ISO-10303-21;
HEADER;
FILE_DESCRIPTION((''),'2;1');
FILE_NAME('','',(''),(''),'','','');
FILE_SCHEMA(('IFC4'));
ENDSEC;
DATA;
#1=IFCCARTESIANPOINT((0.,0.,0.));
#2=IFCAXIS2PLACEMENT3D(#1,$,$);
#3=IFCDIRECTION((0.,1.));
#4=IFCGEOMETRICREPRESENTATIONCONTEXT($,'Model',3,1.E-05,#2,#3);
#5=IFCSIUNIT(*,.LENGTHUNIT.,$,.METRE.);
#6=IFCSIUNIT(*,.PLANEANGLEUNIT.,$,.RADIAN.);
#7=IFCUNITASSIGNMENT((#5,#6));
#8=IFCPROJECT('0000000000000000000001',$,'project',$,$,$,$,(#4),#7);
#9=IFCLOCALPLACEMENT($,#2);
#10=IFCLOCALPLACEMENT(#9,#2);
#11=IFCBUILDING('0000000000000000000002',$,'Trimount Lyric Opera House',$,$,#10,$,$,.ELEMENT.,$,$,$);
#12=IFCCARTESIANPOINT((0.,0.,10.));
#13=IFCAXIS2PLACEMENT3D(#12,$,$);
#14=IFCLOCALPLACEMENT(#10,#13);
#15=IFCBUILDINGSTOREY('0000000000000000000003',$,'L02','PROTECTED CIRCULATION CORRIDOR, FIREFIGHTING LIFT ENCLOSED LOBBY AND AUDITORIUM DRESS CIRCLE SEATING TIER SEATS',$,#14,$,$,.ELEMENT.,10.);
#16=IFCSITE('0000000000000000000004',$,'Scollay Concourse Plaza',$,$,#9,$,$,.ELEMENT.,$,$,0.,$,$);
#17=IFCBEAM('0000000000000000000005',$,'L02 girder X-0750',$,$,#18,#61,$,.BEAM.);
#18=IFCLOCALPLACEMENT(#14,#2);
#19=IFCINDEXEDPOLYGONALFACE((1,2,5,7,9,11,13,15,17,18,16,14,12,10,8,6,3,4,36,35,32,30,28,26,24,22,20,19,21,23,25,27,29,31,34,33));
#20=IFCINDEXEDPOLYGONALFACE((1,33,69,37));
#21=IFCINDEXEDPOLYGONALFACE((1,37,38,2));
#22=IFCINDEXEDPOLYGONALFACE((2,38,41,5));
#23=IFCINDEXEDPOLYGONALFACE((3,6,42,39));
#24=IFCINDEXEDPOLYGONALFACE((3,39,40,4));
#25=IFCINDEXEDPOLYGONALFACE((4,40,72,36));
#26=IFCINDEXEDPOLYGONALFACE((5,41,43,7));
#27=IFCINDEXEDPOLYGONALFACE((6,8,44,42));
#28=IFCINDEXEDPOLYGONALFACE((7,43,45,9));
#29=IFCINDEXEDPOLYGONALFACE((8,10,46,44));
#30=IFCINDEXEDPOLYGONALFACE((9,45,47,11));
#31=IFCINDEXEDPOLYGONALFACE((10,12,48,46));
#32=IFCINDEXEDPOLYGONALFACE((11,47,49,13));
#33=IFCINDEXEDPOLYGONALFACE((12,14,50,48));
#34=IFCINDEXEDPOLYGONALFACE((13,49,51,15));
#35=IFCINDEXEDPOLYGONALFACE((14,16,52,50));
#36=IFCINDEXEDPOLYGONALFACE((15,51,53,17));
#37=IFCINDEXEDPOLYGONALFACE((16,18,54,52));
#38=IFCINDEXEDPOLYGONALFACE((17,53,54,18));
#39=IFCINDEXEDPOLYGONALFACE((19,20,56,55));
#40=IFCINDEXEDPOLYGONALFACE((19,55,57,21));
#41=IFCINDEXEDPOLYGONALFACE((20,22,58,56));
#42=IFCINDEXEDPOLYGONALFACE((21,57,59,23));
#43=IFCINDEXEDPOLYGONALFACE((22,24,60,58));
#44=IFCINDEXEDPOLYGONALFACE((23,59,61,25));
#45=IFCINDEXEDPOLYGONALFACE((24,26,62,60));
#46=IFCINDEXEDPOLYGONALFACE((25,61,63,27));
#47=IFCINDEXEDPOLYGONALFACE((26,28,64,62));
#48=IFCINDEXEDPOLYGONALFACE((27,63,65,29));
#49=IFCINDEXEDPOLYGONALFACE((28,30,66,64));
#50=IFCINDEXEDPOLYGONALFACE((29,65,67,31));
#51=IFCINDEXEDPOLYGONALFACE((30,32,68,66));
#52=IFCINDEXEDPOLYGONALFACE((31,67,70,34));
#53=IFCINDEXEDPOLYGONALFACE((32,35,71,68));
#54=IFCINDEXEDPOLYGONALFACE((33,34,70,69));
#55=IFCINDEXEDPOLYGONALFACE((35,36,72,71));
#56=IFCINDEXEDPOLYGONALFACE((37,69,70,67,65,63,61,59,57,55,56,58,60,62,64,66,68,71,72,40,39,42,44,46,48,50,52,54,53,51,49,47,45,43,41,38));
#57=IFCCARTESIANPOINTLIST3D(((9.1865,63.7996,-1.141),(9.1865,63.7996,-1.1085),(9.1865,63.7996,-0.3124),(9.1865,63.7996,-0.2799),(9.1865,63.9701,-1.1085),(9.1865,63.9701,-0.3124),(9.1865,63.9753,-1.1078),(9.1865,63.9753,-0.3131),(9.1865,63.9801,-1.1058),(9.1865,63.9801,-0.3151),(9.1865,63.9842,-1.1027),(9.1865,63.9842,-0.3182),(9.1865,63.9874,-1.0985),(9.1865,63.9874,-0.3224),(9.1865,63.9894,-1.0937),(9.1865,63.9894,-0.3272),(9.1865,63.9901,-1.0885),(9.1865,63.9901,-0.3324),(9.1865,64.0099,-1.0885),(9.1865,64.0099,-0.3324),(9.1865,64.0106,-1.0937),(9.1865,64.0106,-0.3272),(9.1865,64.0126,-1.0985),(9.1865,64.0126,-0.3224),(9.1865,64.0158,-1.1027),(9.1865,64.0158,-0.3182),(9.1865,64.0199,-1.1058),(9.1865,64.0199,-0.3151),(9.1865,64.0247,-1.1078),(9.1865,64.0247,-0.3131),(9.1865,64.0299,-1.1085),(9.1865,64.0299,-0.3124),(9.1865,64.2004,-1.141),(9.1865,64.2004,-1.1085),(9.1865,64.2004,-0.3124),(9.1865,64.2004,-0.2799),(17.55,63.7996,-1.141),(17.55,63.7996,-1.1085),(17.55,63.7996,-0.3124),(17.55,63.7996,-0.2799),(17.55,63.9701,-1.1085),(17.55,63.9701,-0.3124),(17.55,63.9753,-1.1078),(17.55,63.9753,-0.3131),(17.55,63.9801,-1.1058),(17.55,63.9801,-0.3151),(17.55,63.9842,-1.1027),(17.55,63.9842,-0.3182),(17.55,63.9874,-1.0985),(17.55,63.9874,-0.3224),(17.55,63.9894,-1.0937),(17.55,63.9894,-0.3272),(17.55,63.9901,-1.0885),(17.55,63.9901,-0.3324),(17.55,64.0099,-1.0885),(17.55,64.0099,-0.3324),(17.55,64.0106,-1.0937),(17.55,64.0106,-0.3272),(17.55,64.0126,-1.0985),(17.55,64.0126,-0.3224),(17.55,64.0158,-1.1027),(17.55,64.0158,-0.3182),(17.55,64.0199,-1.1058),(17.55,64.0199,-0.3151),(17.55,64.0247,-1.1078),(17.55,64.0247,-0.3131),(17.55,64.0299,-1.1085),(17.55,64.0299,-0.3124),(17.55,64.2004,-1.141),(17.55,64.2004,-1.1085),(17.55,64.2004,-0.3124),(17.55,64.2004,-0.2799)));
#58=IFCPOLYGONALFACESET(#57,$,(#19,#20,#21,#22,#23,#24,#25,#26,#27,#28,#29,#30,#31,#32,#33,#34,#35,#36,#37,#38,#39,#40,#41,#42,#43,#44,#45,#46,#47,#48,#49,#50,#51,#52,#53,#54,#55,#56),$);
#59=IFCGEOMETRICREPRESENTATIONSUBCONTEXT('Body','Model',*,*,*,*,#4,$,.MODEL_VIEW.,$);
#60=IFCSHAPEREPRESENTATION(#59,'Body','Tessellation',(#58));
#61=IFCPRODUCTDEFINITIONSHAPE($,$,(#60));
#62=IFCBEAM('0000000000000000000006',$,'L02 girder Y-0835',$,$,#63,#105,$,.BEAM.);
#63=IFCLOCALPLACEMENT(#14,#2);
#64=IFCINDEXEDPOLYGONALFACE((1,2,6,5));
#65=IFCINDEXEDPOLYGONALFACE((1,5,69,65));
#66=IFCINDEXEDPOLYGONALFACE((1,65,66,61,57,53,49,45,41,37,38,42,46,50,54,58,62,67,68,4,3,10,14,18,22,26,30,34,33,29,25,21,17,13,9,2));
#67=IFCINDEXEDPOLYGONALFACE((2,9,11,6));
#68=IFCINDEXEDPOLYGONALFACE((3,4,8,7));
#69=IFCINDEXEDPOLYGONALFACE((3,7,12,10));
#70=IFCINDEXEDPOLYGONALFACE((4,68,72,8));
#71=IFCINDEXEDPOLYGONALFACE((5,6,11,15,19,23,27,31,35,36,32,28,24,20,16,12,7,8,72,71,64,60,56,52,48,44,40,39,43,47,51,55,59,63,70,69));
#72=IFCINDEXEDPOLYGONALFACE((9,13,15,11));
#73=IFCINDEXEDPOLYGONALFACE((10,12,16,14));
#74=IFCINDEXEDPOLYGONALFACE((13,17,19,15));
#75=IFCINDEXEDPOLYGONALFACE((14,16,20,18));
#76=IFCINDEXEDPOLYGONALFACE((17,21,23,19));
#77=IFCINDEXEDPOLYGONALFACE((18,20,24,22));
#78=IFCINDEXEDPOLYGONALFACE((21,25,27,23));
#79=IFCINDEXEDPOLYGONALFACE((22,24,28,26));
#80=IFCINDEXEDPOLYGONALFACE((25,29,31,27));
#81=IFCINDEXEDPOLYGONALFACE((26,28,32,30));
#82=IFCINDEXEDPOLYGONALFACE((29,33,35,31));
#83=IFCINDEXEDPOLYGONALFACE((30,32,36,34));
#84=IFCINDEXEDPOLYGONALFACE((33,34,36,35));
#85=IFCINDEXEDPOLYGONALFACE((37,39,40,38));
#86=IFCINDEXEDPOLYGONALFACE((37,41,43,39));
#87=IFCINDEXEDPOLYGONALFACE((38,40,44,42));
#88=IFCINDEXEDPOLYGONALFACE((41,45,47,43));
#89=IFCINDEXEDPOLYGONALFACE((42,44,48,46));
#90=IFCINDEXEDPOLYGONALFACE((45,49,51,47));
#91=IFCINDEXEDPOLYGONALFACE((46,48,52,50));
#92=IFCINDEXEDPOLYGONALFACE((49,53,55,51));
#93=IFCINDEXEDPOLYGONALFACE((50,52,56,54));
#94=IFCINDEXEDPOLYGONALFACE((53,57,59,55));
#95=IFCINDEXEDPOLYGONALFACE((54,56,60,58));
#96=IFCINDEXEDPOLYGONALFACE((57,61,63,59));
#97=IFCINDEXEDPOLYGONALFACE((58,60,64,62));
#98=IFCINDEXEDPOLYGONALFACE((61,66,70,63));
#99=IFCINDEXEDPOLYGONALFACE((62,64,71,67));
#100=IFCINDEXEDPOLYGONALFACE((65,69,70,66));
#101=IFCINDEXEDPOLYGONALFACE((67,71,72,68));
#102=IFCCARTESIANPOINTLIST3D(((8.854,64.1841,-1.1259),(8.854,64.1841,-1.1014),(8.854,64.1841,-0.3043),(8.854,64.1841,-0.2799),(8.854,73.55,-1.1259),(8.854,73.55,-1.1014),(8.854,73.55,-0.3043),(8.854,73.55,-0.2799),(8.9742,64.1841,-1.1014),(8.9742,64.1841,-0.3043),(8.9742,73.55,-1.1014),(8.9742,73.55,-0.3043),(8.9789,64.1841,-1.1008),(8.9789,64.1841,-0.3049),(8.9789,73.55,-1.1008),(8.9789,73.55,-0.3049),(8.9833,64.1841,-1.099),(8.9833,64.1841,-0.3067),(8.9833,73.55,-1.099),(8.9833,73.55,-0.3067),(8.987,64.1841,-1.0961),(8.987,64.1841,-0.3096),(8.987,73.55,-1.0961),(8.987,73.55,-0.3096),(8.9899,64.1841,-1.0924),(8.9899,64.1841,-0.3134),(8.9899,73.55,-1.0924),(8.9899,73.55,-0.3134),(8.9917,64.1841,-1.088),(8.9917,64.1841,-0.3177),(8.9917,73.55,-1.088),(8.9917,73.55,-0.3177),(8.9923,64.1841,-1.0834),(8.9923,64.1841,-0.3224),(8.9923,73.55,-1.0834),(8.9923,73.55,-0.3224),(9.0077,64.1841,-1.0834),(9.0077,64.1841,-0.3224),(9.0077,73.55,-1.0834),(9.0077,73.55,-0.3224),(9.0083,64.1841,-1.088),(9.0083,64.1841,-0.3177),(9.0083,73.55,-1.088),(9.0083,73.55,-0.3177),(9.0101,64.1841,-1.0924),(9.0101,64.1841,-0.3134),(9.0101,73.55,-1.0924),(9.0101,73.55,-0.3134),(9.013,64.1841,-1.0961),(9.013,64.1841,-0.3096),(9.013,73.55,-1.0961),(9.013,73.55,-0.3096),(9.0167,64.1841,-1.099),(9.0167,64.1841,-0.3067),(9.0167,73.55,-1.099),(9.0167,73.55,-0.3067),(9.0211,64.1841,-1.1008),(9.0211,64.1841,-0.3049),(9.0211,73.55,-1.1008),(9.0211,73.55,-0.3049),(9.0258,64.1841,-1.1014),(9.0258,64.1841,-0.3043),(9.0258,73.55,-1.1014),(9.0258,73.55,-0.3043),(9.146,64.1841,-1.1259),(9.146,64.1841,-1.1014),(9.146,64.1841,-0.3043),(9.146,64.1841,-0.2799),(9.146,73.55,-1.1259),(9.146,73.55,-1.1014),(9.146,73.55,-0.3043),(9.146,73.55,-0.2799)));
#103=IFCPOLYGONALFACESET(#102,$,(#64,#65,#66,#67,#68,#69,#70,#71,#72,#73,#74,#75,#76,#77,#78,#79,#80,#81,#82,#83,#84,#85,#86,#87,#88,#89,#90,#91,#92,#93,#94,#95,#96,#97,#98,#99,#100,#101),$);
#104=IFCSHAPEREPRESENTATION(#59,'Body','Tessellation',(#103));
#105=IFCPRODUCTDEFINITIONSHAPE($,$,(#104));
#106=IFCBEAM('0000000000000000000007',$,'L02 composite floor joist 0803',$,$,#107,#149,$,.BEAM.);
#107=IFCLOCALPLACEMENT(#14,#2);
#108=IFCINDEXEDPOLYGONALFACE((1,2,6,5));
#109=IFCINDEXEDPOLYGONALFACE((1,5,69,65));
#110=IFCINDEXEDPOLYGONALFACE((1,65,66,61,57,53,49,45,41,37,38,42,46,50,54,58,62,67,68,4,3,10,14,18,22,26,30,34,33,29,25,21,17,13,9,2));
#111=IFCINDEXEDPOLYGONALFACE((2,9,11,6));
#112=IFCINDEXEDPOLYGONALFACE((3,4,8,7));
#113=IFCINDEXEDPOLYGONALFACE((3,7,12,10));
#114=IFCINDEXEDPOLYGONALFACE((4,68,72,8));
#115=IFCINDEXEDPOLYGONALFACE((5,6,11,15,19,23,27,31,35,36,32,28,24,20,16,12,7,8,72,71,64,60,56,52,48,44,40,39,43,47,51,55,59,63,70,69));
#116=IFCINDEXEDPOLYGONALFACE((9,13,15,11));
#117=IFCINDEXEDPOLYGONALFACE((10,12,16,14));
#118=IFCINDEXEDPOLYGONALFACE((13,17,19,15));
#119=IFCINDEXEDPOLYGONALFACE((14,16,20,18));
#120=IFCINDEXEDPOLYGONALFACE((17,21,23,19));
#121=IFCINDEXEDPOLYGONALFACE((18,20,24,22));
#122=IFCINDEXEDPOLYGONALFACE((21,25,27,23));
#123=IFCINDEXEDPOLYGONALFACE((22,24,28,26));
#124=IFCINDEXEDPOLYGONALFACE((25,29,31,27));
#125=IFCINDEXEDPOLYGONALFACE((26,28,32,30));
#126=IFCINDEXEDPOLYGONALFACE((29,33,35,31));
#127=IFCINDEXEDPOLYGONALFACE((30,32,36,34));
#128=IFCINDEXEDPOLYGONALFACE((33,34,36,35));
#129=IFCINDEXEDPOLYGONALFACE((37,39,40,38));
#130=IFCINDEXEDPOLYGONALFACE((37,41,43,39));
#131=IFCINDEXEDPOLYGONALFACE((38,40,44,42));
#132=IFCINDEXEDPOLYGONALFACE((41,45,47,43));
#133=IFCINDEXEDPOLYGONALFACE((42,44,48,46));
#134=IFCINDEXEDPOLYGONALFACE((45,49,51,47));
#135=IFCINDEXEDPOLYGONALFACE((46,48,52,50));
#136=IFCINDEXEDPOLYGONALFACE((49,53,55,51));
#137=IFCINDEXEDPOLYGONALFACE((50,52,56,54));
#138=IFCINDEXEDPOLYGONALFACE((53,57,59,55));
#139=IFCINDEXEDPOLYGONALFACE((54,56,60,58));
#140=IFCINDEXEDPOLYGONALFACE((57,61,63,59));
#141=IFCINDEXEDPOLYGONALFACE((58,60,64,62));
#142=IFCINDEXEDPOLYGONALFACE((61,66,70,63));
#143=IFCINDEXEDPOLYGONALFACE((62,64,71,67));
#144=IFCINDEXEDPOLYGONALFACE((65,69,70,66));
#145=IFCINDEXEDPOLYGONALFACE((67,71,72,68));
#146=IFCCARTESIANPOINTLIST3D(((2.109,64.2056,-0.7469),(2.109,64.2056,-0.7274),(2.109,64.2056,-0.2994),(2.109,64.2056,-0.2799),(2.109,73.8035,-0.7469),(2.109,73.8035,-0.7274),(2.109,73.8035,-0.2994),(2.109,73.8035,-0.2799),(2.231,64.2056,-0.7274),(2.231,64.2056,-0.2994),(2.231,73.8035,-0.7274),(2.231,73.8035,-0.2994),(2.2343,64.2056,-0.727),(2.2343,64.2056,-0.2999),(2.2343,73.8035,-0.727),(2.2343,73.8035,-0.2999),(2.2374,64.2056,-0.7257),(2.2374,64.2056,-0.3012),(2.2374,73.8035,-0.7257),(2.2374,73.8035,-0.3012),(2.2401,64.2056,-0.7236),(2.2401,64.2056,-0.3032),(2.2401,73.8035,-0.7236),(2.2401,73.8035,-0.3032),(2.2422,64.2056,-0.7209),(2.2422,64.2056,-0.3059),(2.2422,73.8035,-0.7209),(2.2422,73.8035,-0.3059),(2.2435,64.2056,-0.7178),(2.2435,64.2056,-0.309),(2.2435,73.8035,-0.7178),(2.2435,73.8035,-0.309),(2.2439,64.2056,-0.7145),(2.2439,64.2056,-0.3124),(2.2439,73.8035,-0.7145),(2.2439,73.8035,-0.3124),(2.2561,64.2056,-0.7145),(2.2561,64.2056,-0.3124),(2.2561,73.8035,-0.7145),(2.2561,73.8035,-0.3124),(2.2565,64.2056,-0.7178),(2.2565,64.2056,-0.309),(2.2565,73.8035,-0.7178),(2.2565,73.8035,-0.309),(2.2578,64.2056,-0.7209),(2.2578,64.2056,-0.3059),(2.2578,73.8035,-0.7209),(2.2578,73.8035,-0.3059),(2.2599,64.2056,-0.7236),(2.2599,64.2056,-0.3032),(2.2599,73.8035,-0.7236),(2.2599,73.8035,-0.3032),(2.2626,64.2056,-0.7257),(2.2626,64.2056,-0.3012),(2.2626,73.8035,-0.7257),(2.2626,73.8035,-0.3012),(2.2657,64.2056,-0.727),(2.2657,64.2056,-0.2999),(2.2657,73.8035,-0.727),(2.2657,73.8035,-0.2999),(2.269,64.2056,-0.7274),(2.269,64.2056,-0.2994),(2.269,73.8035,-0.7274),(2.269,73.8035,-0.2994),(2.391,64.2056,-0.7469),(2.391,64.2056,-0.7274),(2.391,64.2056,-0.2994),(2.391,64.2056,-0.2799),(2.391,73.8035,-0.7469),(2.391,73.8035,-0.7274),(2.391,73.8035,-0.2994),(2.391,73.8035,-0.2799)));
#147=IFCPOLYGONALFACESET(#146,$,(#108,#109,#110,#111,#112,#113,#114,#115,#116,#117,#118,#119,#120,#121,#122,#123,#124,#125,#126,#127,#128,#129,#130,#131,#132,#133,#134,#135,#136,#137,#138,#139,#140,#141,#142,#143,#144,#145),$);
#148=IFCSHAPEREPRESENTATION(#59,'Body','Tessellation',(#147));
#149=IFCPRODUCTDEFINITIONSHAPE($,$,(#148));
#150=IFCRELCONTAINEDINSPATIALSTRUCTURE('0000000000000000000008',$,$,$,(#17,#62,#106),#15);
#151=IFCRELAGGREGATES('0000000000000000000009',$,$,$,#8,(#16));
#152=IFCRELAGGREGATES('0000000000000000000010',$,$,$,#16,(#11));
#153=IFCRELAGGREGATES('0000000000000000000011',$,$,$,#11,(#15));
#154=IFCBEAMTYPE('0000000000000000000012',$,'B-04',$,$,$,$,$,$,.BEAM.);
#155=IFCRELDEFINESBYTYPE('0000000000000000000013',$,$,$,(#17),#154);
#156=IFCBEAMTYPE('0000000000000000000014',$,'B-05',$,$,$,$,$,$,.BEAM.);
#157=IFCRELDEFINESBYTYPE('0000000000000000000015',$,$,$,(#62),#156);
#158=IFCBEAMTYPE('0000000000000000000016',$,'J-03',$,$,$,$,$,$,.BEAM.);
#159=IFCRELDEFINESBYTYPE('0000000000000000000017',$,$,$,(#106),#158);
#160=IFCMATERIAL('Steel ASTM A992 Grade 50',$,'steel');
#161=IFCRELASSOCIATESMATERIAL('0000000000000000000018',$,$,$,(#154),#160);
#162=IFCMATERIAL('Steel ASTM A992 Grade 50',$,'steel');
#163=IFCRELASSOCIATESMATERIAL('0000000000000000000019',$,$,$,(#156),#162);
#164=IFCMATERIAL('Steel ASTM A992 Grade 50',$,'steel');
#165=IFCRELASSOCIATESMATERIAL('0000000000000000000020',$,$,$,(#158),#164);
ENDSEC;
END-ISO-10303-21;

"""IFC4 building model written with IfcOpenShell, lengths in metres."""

from ifc_helpers import new_model, si_unit, direction, frame, origin, origin_2d, place, context, subcontext, project, spatial, i_section, extrude, material, material_profile, profile_set, type_object, element, save


model = new_model("IFC4")

# Units and contexts
model_context = context("Model", 3, precision=1e-05, world=origin(), true_north=direction((0.0, 1.0)))
body_context = subcontext(model_context, "Body", "Model", "MODEL_VIEW")
ifc_project = project(units=[si_unit("LENGTHUNIT", "METRE"), si_unit("PLANEANGLEUNIT", "RADIAN")], contexts=[model_context])

# Site, building, storey
site_placement = place(None, origin())
site = spatial("IfcSite", under=ifc_project, at=site_placement, Name="Scollay Concourse Plaza", CompositionType="ELEMENT", RefElevation=0.0)
building_placement = place(site_placement, origin())
building = spatial("IfcBuilding", under=site, at=building_placement, Name="Trimount Lyric Opera House", CompositionType="ELEMENT")
storey_placement = place(building_placement, frame((0.0, 0.0, 10.0)))
storey = spatial("IfcBuildingStorey", under=building, at=storey_placement, Name="L02", Description="PROTECTED CIRCULATION CORRIDOR, FIREFIGHTING LIFT ENCLOSED LOBBY AND AUDITORIUM DRESS CIRCLE SEATING TIER SEATS", CompositionType="ELEMENT", Elevation=10.0)

# Beams
ifc_material_1 = material(Name="Steel ASTM A992 Grade 50", Category="steel")
ifc_material_profile_1 = material_profile(ifc_material_1, i_section(OverallWidth=0.4009, OverallDepth=0.8611, WebThickness=0.0198, FlangeThickness=0.0325, FilletRadius=0.02, at=origin_2d()), Name="W33X221")
ifc_profile_set_1 = profile_set([ifc_material_profile_1], Name="Steel ASTM A992 Grade 50")
beam_type_1 = type_object("IfcBeamType", Name="B-04", PredefinedType="BEAM", material=ifc_profile_set_1)
beam_1_placement = place(storey_placement, frame((9.1865, 64.0, -0.7104), z_axis=(1.0, 0.0, 0.0), x_axis=(0.0, 1.0, 0.0)))
element("IfcBeam", 1, at=beam_1_placement, inside=storey, type_object=beam_type_1, Name="L02 girder X-0750", PredefinedType="BEAM", context=body_context, shape_type="SweptSolid", body=[
    extrude(i_section(OverallWidth=0.4009, OverallDepth=0.8611, WebThickness=0.0198, FlangeThickness=0.0325, FilletRadius=0.02, at=origin_2d()), origin(), (0.0, 0.0, 1.0), 8.3635),
])
ifc_material_2 = material(Name="Steel ASTM A992 Grade 50", Category="steel")
ifc_material_profile_2 = material_profile(ifc_material_2, i_section(OverallWidth=0.292, OverallDepth=0.8459, WebThickness=0.0154, FlangeThickness=0.0244, FilletRadius=0.0181, at=origin_2d()), Name="W33X141")
ifc_profile_set_2 = profile_set([ifc_material_profile_2], Name="Steel ASTM A992 Grade 50")
beam_type_2 = type_object("IfcBeamType", Name="B-05", PredefinedType="BEAM", material=ifc_profile_set_2)
beam_2_placement = place(storey_placement, frame((9.0, 64.1841, -0.7029), z_axis=(0.0, 1.0, 0.0), x_axis=(-1.0, 0.0, 0.0)))
element("IfcBeam", 2, at=beam_2_placement, inside=storey, type_object=beam_type_2, Name="L02 girder Y-0835", PredefinedType="BEAM", context=body_context, shape_type="SweptSolid", body=[
    extrude(i_section(OverallWidth=0.292, OverallDepth=0.8459, WebThickness=0.0154, FlangeThickness=0.0244, FilletRadius=0.0181, at=origin_2d()), origin(), (0.0, 0.0, 1.0), 9.366),
])
ifc_material_3 = material(Name="Steel ASTM A992 Grade 50", Category="steel")
ifc_material_profile_3 = material_profile(ifc_material_3, i_section(OverallWidth=0.282, OverallDepth=0.467, WebThickness=0.0122, FlangeThickness=0.0195, FilletRadius=0.0129, at=origin_2d()), Name="W18X86")
ifc_profile_set_3 = profile_set([ifc_material_profile_3], Name="Steel ASTM A992 Grade 50")
beam_type_3 = type_object("IfcBeamType", Name="J-03", PredefinedType="BEAM", material=ifc_profile_set_3)
beam_3_placement = place(storey_placement, frame((2.25, 64.2056, -0.5134), z_axis=(0.0, 1.0, 0.0), x_axis=(-1.0, 0.0, 0.0)))
element("IfcBeam", 3, at=beam_3_placement, inside=storey, type_object=beam_type_3, Name="L02 composite floor joist 0803", PredefinedType="BEAM", context=body_context, shape_type="SweptSolid", body=[
    extrude(i_section(OverallWidth=0.282, OverallDepth=0.467, WebThickness=0.0122, FlangeThickness=0.0195, FilletRadius=0.0129, at=origin_2d()), origin(), (0.0, 0.0, 1.0), 9.5979),
])

save(model, "model.ifc")
